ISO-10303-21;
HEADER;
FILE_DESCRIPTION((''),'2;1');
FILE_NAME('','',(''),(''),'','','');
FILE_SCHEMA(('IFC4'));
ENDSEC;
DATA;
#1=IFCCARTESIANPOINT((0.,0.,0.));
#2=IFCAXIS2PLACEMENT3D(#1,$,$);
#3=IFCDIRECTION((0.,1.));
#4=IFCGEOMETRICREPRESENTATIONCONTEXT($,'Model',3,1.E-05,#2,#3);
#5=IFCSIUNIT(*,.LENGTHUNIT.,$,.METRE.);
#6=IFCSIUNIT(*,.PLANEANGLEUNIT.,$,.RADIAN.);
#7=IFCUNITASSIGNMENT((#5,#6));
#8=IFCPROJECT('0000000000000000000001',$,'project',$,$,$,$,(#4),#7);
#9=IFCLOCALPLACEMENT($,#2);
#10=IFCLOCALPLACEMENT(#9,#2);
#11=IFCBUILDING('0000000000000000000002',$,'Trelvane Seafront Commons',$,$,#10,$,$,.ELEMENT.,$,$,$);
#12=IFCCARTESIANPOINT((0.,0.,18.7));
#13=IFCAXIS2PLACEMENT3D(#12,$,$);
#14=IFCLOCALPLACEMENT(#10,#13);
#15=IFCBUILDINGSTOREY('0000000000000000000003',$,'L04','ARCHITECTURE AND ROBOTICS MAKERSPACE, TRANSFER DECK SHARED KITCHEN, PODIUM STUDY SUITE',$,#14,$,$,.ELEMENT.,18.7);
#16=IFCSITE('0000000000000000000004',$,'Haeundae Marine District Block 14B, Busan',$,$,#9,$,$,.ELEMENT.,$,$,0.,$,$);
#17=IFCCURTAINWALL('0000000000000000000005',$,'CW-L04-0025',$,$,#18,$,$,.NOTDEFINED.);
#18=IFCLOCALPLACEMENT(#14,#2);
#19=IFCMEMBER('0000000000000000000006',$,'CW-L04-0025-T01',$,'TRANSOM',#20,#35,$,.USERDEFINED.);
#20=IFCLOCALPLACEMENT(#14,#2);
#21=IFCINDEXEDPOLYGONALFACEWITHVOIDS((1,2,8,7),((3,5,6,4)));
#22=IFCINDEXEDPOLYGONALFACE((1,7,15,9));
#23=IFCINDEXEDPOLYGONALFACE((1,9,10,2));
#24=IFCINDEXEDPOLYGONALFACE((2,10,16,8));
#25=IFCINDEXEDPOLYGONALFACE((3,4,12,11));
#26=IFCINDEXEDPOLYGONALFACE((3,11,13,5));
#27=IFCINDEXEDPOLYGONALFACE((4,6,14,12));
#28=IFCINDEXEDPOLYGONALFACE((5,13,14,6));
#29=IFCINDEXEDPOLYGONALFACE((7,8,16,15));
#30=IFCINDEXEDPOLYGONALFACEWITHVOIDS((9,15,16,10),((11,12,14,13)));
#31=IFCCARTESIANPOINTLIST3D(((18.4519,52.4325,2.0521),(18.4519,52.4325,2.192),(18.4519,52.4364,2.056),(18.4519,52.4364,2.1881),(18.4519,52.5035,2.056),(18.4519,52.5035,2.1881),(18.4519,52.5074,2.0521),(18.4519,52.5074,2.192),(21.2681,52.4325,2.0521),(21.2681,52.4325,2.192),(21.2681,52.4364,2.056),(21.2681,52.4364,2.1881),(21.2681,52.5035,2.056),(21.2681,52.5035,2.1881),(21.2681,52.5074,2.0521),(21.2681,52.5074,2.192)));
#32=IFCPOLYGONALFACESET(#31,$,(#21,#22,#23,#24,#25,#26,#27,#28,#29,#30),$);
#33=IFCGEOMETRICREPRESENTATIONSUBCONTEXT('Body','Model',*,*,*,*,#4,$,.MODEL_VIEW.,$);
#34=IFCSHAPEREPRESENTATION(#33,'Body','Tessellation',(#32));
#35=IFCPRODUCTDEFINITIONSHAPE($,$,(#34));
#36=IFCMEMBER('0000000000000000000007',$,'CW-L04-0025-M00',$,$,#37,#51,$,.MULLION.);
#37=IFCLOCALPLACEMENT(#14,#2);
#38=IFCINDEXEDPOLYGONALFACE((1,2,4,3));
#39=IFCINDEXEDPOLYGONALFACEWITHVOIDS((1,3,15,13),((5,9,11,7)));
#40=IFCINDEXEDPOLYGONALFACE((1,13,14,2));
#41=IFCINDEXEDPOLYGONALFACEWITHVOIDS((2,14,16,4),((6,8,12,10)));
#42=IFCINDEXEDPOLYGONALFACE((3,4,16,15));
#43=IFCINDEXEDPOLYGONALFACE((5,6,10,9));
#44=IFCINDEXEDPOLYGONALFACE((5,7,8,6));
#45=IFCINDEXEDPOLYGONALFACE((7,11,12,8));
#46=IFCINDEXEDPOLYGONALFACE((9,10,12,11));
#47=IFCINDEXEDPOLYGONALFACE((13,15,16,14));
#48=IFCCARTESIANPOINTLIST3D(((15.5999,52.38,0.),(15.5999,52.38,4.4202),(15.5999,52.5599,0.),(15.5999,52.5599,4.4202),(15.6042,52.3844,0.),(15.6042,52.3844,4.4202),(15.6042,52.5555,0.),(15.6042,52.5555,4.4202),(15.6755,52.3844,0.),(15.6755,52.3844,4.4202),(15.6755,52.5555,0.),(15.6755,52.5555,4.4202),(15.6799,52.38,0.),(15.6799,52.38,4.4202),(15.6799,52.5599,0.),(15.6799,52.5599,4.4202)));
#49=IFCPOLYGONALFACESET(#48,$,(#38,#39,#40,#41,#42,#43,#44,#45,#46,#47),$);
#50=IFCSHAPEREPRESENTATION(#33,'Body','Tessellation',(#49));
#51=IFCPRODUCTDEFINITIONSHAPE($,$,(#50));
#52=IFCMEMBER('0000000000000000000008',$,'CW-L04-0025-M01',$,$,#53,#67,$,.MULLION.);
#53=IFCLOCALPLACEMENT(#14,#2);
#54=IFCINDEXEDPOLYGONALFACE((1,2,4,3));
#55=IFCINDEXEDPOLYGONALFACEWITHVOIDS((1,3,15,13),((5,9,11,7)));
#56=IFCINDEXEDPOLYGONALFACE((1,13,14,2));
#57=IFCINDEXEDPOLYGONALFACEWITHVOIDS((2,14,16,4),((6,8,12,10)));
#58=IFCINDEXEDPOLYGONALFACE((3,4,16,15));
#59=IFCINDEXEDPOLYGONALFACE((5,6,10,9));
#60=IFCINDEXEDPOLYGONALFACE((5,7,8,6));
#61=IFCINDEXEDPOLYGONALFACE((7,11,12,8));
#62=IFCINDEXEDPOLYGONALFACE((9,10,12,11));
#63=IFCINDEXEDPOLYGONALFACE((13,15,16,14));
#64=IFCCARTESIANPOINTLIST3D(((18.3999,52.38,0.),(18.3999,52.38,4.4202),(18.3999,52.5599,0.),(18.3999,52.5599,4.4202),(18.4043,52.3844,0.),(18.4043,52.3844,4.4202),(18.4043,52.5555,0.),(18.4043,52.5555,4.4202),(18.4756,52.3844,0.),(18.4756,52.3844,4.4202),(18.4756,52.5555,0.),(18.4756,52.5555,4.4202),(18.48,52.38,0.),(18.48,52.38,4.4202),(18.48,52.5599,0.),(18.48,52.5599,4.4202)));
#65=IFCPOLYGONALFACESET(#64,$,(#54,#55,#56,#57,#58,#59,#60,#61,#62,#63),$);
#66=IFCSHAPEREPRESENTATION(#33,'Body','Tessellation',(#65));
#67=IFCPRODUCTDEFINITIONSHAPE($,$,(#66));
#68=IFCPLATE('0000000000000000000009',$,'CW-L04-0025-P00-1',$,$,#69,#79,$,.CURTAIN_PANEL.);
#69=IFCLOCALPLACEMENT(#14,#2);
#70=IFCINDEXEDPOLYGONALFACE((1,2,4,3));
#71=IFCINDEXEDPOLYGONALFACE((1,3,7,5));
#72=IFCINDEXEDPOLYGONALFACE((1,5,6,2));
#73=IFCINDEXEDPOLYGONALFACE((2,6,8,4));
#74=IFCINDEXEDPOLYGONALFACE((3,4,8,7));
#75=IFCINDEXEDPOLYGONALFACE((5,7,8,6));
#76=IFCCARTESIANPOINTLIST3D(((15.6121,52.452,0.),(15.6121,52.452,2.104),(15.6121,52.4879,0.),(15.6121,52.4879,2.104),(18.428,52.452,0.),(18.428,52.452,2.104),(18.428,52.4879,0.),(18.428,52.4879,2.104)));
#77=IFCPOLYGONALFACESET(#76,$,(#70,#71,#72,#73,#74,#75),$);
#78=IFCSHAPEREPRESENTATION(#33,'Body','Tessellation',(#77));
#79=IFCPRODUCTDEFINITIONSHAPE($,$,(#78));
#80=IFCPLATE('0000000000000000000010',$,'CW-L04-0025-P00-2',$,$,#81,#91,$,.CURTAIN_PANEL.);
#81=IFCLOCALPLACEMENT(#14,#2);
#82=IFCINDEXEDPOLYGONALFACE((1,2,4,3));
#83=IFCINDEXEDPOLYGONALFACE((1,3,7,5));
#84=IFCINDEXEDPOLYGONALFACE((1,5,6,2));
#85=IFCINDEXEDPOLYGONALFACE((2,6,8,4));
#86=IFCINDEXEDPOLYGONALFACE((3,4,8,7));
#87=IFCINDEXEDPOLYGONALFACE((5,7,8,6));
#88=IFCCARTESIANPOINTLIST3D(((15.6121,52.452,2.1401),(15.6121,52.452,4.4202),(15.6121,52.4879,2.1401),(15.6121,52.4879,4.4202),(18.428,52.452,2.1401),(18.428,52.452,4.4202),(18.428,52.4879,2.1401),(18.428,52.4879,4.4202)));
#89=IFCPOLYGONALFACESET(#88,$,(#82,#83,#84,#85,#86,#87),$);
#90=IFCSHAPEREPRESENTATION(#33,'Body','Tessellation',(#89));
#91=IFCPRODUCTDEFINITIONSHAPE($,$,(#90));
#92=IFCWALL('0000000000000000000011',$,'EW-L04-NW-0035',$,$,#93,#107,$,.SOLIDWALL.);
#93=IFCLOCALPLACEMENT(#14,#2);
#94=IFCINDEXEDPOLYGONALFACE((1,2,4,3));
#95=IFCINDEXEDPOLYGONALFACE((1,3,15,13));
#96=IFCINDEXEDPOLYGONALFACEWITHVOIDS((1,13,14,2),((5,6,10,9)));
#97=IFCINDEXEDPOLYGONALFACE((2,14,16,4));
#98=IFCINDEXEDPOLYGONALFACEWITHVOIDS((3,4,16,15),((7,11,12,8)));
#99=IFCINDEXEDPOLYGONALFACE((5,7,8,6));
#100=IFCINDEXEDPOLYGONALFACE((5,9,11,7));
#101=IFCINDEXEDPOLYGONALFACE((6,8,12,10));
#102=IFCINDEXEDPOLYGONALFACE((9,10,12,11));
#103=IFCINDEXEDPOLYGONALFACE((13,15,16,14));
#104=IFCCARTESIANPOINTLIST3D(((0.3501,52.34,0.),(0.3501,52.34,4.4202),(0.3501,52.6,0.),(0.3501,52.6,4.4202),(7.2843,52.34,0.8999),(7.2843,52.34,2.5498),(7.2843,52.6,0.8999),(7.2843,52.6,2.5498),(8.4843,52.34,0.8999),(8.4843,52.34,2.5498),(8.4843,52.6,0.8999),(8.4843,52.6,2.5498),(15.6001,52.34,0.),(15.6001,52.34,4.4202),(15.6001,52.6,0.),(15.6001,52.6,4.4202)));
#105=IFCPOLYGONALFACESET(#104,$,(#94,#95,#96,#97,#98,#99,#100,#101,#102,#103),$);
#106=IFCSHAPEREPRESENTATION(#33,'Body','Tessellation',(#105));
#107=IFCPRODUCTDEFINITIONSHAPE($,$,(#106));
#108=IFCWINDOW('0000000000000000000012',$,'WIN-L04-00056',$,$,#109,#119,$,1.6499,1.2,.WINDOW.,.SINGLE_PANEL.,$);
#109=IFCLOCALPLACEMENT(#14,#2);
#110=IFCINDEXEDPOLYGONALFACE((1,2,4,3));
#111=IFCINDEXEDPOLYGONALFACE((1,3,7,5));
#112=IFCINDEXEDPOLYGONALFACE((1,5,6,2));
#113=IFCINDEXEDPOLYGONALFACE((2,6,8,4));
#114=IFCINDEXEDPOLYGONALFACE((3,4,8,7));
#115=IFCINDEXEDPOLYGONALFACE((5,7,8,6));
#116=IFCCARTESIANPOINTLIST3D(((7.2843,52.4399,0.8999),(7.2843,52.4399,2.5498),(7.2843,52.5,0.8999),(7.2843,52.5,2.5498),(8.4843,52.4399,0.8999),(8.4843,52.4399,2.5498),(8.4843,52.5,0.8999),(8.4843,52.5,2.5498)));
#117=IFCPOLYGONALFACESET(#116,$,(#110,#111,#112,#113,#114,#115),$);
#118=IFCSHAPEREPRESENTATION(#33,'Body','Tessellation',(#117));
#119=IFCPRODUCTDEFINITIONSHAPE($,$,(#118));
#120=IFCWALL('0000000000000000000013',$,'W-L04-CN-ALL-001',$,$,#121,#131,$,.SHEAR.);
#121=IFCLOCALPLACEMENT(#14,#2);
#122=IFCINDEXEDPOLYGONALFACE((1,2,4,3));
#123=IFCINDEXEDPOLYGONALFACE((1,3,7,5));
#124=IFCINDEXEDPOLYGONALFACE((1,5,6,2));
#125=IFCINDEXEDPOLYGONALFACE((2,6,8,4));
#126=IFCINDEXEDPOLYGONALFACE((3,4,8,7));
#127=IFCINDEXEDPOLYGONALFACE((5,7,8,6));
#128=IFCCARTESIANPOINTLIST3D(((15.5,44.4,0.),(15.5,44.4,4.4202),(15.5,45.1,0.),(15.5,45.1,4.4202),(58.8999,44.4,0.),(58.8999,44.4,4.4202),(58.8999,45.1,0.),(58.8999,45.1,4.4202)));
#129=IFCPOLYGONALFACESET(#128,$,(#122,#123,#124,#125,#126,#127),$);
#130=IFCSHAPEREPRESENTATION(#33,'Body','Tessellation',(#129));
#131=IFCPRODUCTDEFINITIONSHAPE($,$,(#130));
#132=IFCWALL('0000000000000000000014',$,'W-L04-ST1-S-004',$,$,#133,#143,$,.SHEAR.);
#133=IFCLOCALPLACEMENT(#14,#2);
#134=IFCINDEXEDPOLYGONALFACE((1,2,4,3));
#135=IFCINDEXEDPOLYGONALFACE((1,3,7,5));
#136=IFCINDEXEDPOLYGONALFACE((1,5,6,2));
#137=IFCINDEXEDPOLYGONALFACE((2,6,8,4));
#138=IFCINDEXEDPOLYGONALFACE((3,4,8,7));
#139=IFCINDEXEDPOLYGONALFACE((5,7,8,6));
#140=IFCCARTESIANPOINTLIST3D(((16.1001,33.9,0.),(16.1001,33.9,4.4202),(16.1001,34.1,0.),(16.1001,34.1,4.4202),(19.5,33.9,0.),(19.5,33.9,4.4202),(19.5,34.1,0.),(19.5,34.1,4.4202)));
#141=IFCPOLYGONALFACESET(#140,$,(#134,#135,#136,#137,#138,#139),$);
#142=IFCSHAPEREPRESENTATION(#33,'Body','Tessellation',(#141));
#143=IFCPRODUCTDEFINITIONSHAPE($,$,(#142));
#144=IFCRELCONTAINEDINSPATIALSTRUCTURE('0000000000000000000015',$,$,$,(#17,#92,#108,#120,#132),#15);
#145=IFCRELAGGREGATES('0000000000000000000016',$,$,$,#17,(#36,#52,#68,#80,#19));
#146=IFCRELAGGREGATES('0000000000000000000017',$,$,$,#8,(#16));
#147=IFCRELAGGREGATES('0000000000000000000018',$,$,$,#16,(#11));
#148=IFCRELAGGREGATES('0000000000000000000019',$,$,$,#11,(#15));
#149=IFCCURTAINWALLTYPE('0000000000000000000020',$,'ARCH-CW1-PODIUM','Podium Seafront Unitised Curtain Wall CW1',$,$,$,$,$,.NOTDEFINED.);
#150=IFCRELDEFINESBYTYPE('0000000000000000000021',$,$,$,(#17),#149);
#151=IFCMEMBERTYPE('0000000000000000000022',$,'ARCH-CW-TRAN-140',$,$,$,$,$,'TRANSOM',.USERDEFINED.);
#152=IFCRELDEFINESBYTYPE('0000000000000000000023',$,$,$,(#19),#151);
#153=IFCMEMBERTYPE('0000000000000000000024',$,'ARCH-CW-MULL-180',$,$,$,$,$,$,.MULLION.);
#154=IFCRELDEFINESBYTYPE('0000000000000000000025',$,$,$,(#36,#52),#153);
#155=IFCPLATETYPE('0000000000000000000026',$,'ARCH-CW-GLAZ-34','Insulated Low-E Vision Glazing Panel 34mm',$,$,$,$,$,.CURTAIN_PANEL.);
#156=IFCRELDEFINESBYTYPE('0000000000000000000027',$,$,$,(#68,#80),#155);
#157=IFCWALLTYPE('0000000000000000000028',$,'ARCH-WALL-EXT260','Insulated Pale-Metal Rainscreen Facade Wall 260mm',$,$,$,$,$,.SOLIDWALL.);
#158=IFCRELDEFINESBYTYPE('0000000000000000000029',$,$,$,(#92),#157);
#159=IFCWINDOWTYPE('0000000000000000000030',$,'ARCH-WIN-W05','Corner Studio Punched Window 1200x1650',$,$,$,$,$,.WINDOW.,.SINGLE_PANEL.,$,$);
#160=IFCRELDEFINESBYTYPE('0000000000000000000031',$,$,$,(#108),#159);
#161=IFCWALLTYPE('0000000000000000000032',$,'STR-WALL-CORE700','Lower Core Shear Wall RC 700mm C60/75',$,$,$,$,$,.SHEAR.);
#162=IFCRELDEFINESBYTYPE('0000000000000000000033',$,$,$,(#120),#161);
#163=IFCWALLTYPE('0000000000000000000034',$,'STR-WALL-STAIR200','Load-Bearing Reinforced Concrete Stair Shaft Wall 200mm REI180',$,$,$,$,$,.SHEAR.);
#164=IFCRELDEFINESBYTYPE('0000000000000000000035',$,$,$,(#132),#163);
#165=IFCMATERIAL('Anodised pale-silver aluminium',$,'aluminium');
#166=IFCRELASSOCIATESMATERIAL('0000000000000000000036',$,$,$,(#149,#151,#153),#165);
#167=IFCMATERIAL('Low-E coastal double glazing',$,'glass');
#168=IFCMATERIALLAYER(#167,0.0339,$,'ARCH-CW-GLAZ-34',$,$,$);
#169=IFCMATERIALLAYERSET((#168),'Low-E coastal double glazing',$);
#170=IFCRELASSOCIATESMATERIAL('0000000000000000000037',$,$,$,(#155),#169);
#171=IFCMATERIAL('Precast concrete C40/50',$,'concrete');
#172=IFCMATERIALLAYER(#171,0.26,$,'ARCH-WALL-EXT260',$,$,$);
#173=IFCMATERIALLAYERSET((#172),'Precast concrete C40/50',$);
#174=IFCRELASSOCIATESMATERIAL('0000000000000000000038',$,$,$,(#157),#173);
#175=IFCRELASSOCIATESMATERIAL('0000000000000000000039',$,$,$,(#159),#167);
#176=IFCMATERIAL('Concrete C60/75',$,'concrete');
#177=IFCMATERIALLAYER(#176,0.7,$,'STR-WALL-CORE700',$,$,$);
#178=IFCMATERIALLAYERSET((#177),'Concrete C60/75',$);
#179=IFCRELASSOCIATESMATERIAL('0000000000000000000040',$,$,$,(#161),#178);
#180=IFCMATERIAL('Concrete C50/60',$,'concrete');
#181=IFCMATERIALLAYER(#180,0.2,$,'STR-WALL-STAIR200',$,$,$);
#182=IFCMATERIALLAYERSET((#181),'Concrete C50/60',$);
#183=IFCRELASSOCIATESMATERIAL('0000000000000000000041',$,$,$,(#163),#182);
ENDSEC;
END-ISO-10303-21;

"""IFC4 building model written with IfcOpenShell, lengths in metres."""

from ifc_helpers import new_model, si_unit, direction, frame, frame_2d, origin, origin_2d, place, context, subcontext, project, spatial, rectangle, hollow_rectangle, extrude, source, transform, mapped, material, layer, layer_set, material_profile, profile_set, type_object, element, fill, aggregate, save


model = new_model("IFC4")

# Units and contexts
model_context = context("Model", 3, precision=1e-05, world=origin(), true_north=direction((0.0, 1.0)))
body_context = subcontext(model_context, "Body", "Model", "MODEL_VIEW")
ifc_project = project(units=[si_unit("LENGTHUNIT", "METRE"), si_unit("PLANEANGLEUNIT", "RADIAN")], contexts=[model_context])

# Site, building, storey
site_placement = place(None, origin())
site = spatial("IfcSite", under=ifc_project, at=site_placement, Name="Haeundae Marine District Block 14B, Busan", CompositionType="ELEMENT", RefElevation=0.0)
building_placement = place(site_placement, origin())
building = spatial("IfcBuilding", under=site, at=building_placement, Name="Trelvane Seafront Commons", CompositionType="ELEMENT")
storey_placement = place(building_placement, frame((0.0, 0.0, 18.7)))
storey = spatial("IfcBuildingStorey", under=building, at=storey_placement, Name="L04", Description="ARCHITECTURE AND ROBOTICS MAKERSPACE, TRANSFER DECK SHARED KITCHEN, PODIUM STUDY SUITE", CompositionType="ELEMENT", Elevation=18.7)

# Shared definitions
ifc_material_1 = material(Name="Concrete C50/60", Category="concrete")
ifc_material_2 = material(Name="Concrete C60/75", Category="concrete")

# Curtain wall, members, plates
ifc_material_3 = material(Name="Anodised pale-silver aluminium", Category="aluminium")
curtain_wall_type = type_object("IfcCurtainWallType", Name="ARCH-CW1-PODIUM", Description="Podium Seafront Unitised Curtain Wall CW1", PredefinedType="NOTDEFINED", material=ifc_material_3)
curtain_wall_placement = place(storey_placement, origin())
curtain_wall = element("IfcCurtainWall", 1, at=curtain_wall_placement, inside=storey, type_object=curtain_wall_type, Name="CW-L04-0025", PredefinedType="NOTDEFINED")
ifc_material_profile_1 = material_profile(ifc_material_3, hollow_rectangle(XDim=0.075, YDim=0.1399, WallThickness=0.0039, at=origin_2d()), Name="TRAN-75x140x4")
ifc_profile_set_1 = profile_set([ifc_material_profile_1], Name="Anodised pale-silver aluminium")
member_type_1 = type_object("IfcMemberType", Name="ARCH-CW-TRAN-140", ElementType="TRANSOM", PredefinedType="USERDEFINED", material=ifc_profile_set_1)
shared_shape_1 = source(origin(), body_context, "Body", "SweptSolid", [
    extrude(hollow_rectangle(XDim=0.075, YDim=0.1399, WallThickness=0.0039, at=origin_2d()), origin(), (0.0, 0.0, 1.0), 2.8162),
])
member_1_placement = place(storey_placement, frame((18.4519, 52.47, 2.1221), z_axis=(1.0, 0.0, 0.0), x_axis=(0.0, 1.0, 0.0)))
member_1 = element("IfcMember", 2, at=member_1_placement, type_object=member_type_1, Name="CW-L04-0025-T01", ObjectType="TRANSOM", PredefinedType="USERDEFINED", context=body_context, shape_type="MappedRepresentation", body=[
    mapped(shared_shape_1, transform((0.0, 0.0, 0.0), x_axis=(1.0, 0.0, 0.0), y_axis=(0.0, 1.0, 0.0), z_axis=(0.0, 0.0, 1.0), scale=1.0)),
])
ifc_material_profile_2 = material_profile(ifc_material_3, hollow_rectangle(XDim=0.0801, YDim=0.1799, WallThickness=0.0044, at=origin_2d()), Name="MULL-80x180x4.5")
ifc_profile_set_2 = profile_set([ifc_material_profile_2], Name="Anodised pale-silver aluminium")
member_type_2 = type_object("IfcMemberType", Name="ARCH-CW-MULL-180", PredefinedType="MULLION", material=ifc_profile_set_2)
shared_shape_2 = source(origin(), body_context, "Body", "SweptSolid", [
    extrude(hollow_rectangle(XDim=0.0801, YDim=0.1799, WallThickness=0.0044, at=origin_2d()), origin(), (0.0, 0.0, 1.0), 4.4202),
])
member_2_placement = place(storey_placement, frame((15.6399, 52.47, 0.0), z_axis=(0.0, 0.0, 1.0), x_axis=(1.0, 0.0, 0.0)))
member_2 = element("IfcMember", 3, at=member_2_placement, type_object=member_type_2, Name="CW-L04-0025-M00", PredefinedType="MULLION", context=body_context, shape_type="MappedRepresentation", body=[
    mapped(shared_shape_2, transform((0.0, 0.0, 0.0), x_axis=(1.0, 0.0, 0.0), y_axis=(0.0, 1.0, 0.0), z_axis=(0.0, 0.0, 1.0), scale=1.0)),
])
member_3_placement = place(storey_placement, frame((18.4399, 52.47, 0.0), z_axis=(0.0, 0.0, 1.0), x_axis=(1.0, 0.0, 0.0)))
member_3 = element("IfcMember", 4, at=member_3_placement, type_object=member_type_2, Name="CW-L04-0025-M01", PredefinedType="MULLION", context=body_context, shape_type="MappedRepresentation", body=[
    mapped(shared_shape_2, transform((0.0, 0.0, 0.0), x_axis=(1.0, 0.0, 0.0), y_axis=(0.0, 1.0, 0.0), z_axis=(0.0, 0.0, 1.0), scale=1.0)),
])
ifc_material_4 = material(Name="Low-E coastal double glazing", Category="glass")
ifc_layer_1 = layer(ifc_material_4, 0.0339, Name="ARCH-CW-GLAZ-34")
ifc_layer_set_1 = layer_set([ifc_layer_1], Name="Low-E coastal double glazing")
plate_type = type_object("IfcPlateType", Name="ARCH-CW-GLAZ-34", Description="Insulated Low-E Vision Glazing Panel 34mm", PredefinedType="CURTAIN_PANEL", material=ifc_layer_set_1)
shared_shape_3 = source(origin(), body_context, "Body", "SweptSolid", [
    extrude(rectangle(XDim=2.8159, YDim=0.0359, at=origin_2d()), origin(), (0.0, 0.0, 1.0), 2.104),
])
plate_1_placement = place(storey_placement, frame((17.02, 52.47, 0.0), z_axis=(0.0, 0.0, 1.0), x_axis=(1.0, 0.0, 0.0)))
plate_1 = element("IfcPlate", 5, at=plate_1_placement, type_object=plate_type, Name="CW-L04-0025-P00-1", PredefinedType="CURTAIN_PANEL", context=body_context, shape_type="MappedRepresentation", body=[
    mapped(shared_shape_3, transform((0.0, 0.0, 0.0), x_axis=(1.0, 0.0, 0.0), y_axis=(0.0, 1.0, 0.0), z_axis=(0.0, 0.0, 1.0), scale=1.0)),
])
shared_shape_4 = source(origin(), body_context, "Body", "SweptSolid", [
    extrude(rectangle(XDim=2.8159, YDim=0.0359, at=origin_2d()), origin(), (0.0, 0.0, 1.0), 2.28),
])
plate_2_placement = place(storey_placement, frame((17.02, 52.47, 2.1401), z_axis=(0.0, 0.0, 1.0), x_axis=(1.0, 0.0, 0.0)))
plate_2 = element("IfcPlate", 6, at=plate_2_placement, type_object=plate_type, Name="CW-L04-0025-P00-2", PredefinedType="CURTAIN_PANEL", context=body_context, shape_type="MappedRepresentation", body=[
    mapped(shared_shape_4, transform((0.0, 0.0, 0.0), x_axis=(1.0, 0.0, 0.0), y_axis=(0.0, 1.0, 0.0), z_axis=(0.0, 0.0, 1.0), scale=1.0)),
])
aggregate(curtain_wall, [member_2, member_3, plate_1, plate_2, member_1])

# Wall, opening, window
ifc_material_5 = material(Name="Precast concrete C40/50", Category="concrete")
ifc_layer_2 = layer(ifc_material_5, 0.26, Name="ARCH-WALL-EXT260")
ifc_layer_set_2 = layer_set([ifc_layer_2], Name="Precast concrete C40/50")
wall_type_1 = type_object("IfcWallType", Name="ARCH-WALL-EXT260", Description="Insulated Pale-Metal Rainscreen Facade Wall 260mm", PredefinedType="SOLIDWALL", material=ifc_layer_set_2)
wall_1_placement = place(storey_placement, frame((0.3501, 52.47, 0.0), z_axis=(0.0, 0.0, 1.0), x_axis=(1.0, 0.0, 0.0)))
wall_1 = element("IfcWall", 7, at=wall_1_placement, inside=storey, type_object=wall_type_1, Name="EW-L04-NW-0035", PredefinedType="SOLIDWALL", context=body_context, shape_type="SweptSolid", body=[
    extrude(rectangle(XDim=15.25, YDim=0.26, at=frame_2d((7.625, 0.0))), origin(), (0.0, 0.0, 1.0), 4.4202),
])
opening_placement = place(wall_1_placement, frame((6.9341, 0.0, 0.8999)))
opening = element("IfcOpeningElement", 8, at=opening_placement, cuts=wall_1, PredefinedType="OPENING", context=body_context, shape_type="SweptSolid", body=[
    extrude(rectangle(XDim=1.2, YDim=1.6499, at=frame_2d((0.6001, 0.825))), frame((0.0, 0.1399, 0.0), z_axis=(0.0, -1.0, 0.0), x_axis=(1.0, 0.0, 0.0)), (0.0, 0.0, 1.0), 0.28),
])
window_type = type_object("IfcWindowType", Name="ARCH-WIN-W05", Description="Corner Studio Punched Window 1200x1650", PartitioningType="SINGLE_PANEL", PredefinedType="WINDOW", material=ifc_material_4)
shared_shape_5 = source(origin(), body_context, "Body", "SweptSolid", [
    extrude(rectangle(XDim=1.2, YDim=1.6499, at=frame_2d((0.6001, 0.825))), frame((0.0, 0.03, 0.0), z_axis=(0.0, -1.0, 0.0), x_axis=(1.0, 0.0, 0.0)), (0.0, 0.0, 1.0), 0.0601),
])
window_placement = place(opening_placement, origin())
window = element("IfcWindow", 9, at=window_placement, inside=storey, type_object=window_type, Name="WIN-L04-00056", OverallHeight=1.6499, OverallWidth=1.2, PartitioningType="SINGLE_PANEL", PredefinedType="WINDOW", context=body_context, shape_type="MappedRepresentation", body=[
    mapped(shared_shape_5, transform((0.0, 0.0, 0.0), x_axis=(1.0, 0.0, 0.0), y_axis=(0.0, 1.0, 0.0), z_axis=(0.0, 0.0, 1.0), scale=1.0)),
])
fill(opening, window)

# Walls
ifc_layer_3 = layer(ifc_material_2, 0.7, Name="STR-WALL-CORE700")
ifc_layer_set_3 = layer_set([ifc_layer_3], Name="Concrete C60/75")
wall_type_2 = type_object("IfcWallType", Name="STR-WALL-CORE700", Description="Lower Core Shear Wall RC 700mm C60/75", PredefinedType="SHEAR", material=ifc_layer_set_3)
wall_2_placement = place(storey_placement, frame((15.5, 44.75, 0.0), z_axis=(0.0, 0.0, 1.0), x_axis=(1.0, 0.0, 0.0)))
element("IfcWall", 10, at=wall_2_placement, inside=storey, type_object=wall_type_2, Name="W-L04-CN-ALL-001", PredefinedType="SHEAR", context=body_context, shape_type="SweptSolid", body=[
    extrude(rectangle(XDim=43.3999, YDim=0.7, at=frame_2d((21.7, 0.0))), origin(), (0.0, 0.0, 1.0), 4.4202),
])
ifc_layer_4 = layer(ifc_material_1, 0.2, Name="STR-WALL-STAIR200")
ifc_layer_set_4 = layer_set([ifc_layer_4], Name="Concrete C50/60")
wall_type_3 = type_object("IfcWallType", Name="STR-WALL-STAIR200", Description="Load-Bearing Reinforced Concrete Stair Shaft Wall 200mm REI180", PredefinedType="SHEAR", material=ifc_layer_set_4)
wall_3_placement = place(storey_placement, frame((16.1001, 34.0, 0.0), z_axis=(0.0, 0.0, 1.0), x_axis=(1.0, 0.0, 0.0)))
element("IfcWall", 11, at=wall_3_placement, inside=storey, type_object=wall_type_3, Name="W-L04-ST1-S-004", PredefinedType="SHEAR", context=body_context, shape_type="SweptSolid", body=[
    extrude(rectangle(XDim=3.3999, YDim=0.2, at=frame_2d((1.7, 0.0))), origin(), (0.0, 0.0, 1.0), 4.4202),
])

save(model, "model.ifc")
